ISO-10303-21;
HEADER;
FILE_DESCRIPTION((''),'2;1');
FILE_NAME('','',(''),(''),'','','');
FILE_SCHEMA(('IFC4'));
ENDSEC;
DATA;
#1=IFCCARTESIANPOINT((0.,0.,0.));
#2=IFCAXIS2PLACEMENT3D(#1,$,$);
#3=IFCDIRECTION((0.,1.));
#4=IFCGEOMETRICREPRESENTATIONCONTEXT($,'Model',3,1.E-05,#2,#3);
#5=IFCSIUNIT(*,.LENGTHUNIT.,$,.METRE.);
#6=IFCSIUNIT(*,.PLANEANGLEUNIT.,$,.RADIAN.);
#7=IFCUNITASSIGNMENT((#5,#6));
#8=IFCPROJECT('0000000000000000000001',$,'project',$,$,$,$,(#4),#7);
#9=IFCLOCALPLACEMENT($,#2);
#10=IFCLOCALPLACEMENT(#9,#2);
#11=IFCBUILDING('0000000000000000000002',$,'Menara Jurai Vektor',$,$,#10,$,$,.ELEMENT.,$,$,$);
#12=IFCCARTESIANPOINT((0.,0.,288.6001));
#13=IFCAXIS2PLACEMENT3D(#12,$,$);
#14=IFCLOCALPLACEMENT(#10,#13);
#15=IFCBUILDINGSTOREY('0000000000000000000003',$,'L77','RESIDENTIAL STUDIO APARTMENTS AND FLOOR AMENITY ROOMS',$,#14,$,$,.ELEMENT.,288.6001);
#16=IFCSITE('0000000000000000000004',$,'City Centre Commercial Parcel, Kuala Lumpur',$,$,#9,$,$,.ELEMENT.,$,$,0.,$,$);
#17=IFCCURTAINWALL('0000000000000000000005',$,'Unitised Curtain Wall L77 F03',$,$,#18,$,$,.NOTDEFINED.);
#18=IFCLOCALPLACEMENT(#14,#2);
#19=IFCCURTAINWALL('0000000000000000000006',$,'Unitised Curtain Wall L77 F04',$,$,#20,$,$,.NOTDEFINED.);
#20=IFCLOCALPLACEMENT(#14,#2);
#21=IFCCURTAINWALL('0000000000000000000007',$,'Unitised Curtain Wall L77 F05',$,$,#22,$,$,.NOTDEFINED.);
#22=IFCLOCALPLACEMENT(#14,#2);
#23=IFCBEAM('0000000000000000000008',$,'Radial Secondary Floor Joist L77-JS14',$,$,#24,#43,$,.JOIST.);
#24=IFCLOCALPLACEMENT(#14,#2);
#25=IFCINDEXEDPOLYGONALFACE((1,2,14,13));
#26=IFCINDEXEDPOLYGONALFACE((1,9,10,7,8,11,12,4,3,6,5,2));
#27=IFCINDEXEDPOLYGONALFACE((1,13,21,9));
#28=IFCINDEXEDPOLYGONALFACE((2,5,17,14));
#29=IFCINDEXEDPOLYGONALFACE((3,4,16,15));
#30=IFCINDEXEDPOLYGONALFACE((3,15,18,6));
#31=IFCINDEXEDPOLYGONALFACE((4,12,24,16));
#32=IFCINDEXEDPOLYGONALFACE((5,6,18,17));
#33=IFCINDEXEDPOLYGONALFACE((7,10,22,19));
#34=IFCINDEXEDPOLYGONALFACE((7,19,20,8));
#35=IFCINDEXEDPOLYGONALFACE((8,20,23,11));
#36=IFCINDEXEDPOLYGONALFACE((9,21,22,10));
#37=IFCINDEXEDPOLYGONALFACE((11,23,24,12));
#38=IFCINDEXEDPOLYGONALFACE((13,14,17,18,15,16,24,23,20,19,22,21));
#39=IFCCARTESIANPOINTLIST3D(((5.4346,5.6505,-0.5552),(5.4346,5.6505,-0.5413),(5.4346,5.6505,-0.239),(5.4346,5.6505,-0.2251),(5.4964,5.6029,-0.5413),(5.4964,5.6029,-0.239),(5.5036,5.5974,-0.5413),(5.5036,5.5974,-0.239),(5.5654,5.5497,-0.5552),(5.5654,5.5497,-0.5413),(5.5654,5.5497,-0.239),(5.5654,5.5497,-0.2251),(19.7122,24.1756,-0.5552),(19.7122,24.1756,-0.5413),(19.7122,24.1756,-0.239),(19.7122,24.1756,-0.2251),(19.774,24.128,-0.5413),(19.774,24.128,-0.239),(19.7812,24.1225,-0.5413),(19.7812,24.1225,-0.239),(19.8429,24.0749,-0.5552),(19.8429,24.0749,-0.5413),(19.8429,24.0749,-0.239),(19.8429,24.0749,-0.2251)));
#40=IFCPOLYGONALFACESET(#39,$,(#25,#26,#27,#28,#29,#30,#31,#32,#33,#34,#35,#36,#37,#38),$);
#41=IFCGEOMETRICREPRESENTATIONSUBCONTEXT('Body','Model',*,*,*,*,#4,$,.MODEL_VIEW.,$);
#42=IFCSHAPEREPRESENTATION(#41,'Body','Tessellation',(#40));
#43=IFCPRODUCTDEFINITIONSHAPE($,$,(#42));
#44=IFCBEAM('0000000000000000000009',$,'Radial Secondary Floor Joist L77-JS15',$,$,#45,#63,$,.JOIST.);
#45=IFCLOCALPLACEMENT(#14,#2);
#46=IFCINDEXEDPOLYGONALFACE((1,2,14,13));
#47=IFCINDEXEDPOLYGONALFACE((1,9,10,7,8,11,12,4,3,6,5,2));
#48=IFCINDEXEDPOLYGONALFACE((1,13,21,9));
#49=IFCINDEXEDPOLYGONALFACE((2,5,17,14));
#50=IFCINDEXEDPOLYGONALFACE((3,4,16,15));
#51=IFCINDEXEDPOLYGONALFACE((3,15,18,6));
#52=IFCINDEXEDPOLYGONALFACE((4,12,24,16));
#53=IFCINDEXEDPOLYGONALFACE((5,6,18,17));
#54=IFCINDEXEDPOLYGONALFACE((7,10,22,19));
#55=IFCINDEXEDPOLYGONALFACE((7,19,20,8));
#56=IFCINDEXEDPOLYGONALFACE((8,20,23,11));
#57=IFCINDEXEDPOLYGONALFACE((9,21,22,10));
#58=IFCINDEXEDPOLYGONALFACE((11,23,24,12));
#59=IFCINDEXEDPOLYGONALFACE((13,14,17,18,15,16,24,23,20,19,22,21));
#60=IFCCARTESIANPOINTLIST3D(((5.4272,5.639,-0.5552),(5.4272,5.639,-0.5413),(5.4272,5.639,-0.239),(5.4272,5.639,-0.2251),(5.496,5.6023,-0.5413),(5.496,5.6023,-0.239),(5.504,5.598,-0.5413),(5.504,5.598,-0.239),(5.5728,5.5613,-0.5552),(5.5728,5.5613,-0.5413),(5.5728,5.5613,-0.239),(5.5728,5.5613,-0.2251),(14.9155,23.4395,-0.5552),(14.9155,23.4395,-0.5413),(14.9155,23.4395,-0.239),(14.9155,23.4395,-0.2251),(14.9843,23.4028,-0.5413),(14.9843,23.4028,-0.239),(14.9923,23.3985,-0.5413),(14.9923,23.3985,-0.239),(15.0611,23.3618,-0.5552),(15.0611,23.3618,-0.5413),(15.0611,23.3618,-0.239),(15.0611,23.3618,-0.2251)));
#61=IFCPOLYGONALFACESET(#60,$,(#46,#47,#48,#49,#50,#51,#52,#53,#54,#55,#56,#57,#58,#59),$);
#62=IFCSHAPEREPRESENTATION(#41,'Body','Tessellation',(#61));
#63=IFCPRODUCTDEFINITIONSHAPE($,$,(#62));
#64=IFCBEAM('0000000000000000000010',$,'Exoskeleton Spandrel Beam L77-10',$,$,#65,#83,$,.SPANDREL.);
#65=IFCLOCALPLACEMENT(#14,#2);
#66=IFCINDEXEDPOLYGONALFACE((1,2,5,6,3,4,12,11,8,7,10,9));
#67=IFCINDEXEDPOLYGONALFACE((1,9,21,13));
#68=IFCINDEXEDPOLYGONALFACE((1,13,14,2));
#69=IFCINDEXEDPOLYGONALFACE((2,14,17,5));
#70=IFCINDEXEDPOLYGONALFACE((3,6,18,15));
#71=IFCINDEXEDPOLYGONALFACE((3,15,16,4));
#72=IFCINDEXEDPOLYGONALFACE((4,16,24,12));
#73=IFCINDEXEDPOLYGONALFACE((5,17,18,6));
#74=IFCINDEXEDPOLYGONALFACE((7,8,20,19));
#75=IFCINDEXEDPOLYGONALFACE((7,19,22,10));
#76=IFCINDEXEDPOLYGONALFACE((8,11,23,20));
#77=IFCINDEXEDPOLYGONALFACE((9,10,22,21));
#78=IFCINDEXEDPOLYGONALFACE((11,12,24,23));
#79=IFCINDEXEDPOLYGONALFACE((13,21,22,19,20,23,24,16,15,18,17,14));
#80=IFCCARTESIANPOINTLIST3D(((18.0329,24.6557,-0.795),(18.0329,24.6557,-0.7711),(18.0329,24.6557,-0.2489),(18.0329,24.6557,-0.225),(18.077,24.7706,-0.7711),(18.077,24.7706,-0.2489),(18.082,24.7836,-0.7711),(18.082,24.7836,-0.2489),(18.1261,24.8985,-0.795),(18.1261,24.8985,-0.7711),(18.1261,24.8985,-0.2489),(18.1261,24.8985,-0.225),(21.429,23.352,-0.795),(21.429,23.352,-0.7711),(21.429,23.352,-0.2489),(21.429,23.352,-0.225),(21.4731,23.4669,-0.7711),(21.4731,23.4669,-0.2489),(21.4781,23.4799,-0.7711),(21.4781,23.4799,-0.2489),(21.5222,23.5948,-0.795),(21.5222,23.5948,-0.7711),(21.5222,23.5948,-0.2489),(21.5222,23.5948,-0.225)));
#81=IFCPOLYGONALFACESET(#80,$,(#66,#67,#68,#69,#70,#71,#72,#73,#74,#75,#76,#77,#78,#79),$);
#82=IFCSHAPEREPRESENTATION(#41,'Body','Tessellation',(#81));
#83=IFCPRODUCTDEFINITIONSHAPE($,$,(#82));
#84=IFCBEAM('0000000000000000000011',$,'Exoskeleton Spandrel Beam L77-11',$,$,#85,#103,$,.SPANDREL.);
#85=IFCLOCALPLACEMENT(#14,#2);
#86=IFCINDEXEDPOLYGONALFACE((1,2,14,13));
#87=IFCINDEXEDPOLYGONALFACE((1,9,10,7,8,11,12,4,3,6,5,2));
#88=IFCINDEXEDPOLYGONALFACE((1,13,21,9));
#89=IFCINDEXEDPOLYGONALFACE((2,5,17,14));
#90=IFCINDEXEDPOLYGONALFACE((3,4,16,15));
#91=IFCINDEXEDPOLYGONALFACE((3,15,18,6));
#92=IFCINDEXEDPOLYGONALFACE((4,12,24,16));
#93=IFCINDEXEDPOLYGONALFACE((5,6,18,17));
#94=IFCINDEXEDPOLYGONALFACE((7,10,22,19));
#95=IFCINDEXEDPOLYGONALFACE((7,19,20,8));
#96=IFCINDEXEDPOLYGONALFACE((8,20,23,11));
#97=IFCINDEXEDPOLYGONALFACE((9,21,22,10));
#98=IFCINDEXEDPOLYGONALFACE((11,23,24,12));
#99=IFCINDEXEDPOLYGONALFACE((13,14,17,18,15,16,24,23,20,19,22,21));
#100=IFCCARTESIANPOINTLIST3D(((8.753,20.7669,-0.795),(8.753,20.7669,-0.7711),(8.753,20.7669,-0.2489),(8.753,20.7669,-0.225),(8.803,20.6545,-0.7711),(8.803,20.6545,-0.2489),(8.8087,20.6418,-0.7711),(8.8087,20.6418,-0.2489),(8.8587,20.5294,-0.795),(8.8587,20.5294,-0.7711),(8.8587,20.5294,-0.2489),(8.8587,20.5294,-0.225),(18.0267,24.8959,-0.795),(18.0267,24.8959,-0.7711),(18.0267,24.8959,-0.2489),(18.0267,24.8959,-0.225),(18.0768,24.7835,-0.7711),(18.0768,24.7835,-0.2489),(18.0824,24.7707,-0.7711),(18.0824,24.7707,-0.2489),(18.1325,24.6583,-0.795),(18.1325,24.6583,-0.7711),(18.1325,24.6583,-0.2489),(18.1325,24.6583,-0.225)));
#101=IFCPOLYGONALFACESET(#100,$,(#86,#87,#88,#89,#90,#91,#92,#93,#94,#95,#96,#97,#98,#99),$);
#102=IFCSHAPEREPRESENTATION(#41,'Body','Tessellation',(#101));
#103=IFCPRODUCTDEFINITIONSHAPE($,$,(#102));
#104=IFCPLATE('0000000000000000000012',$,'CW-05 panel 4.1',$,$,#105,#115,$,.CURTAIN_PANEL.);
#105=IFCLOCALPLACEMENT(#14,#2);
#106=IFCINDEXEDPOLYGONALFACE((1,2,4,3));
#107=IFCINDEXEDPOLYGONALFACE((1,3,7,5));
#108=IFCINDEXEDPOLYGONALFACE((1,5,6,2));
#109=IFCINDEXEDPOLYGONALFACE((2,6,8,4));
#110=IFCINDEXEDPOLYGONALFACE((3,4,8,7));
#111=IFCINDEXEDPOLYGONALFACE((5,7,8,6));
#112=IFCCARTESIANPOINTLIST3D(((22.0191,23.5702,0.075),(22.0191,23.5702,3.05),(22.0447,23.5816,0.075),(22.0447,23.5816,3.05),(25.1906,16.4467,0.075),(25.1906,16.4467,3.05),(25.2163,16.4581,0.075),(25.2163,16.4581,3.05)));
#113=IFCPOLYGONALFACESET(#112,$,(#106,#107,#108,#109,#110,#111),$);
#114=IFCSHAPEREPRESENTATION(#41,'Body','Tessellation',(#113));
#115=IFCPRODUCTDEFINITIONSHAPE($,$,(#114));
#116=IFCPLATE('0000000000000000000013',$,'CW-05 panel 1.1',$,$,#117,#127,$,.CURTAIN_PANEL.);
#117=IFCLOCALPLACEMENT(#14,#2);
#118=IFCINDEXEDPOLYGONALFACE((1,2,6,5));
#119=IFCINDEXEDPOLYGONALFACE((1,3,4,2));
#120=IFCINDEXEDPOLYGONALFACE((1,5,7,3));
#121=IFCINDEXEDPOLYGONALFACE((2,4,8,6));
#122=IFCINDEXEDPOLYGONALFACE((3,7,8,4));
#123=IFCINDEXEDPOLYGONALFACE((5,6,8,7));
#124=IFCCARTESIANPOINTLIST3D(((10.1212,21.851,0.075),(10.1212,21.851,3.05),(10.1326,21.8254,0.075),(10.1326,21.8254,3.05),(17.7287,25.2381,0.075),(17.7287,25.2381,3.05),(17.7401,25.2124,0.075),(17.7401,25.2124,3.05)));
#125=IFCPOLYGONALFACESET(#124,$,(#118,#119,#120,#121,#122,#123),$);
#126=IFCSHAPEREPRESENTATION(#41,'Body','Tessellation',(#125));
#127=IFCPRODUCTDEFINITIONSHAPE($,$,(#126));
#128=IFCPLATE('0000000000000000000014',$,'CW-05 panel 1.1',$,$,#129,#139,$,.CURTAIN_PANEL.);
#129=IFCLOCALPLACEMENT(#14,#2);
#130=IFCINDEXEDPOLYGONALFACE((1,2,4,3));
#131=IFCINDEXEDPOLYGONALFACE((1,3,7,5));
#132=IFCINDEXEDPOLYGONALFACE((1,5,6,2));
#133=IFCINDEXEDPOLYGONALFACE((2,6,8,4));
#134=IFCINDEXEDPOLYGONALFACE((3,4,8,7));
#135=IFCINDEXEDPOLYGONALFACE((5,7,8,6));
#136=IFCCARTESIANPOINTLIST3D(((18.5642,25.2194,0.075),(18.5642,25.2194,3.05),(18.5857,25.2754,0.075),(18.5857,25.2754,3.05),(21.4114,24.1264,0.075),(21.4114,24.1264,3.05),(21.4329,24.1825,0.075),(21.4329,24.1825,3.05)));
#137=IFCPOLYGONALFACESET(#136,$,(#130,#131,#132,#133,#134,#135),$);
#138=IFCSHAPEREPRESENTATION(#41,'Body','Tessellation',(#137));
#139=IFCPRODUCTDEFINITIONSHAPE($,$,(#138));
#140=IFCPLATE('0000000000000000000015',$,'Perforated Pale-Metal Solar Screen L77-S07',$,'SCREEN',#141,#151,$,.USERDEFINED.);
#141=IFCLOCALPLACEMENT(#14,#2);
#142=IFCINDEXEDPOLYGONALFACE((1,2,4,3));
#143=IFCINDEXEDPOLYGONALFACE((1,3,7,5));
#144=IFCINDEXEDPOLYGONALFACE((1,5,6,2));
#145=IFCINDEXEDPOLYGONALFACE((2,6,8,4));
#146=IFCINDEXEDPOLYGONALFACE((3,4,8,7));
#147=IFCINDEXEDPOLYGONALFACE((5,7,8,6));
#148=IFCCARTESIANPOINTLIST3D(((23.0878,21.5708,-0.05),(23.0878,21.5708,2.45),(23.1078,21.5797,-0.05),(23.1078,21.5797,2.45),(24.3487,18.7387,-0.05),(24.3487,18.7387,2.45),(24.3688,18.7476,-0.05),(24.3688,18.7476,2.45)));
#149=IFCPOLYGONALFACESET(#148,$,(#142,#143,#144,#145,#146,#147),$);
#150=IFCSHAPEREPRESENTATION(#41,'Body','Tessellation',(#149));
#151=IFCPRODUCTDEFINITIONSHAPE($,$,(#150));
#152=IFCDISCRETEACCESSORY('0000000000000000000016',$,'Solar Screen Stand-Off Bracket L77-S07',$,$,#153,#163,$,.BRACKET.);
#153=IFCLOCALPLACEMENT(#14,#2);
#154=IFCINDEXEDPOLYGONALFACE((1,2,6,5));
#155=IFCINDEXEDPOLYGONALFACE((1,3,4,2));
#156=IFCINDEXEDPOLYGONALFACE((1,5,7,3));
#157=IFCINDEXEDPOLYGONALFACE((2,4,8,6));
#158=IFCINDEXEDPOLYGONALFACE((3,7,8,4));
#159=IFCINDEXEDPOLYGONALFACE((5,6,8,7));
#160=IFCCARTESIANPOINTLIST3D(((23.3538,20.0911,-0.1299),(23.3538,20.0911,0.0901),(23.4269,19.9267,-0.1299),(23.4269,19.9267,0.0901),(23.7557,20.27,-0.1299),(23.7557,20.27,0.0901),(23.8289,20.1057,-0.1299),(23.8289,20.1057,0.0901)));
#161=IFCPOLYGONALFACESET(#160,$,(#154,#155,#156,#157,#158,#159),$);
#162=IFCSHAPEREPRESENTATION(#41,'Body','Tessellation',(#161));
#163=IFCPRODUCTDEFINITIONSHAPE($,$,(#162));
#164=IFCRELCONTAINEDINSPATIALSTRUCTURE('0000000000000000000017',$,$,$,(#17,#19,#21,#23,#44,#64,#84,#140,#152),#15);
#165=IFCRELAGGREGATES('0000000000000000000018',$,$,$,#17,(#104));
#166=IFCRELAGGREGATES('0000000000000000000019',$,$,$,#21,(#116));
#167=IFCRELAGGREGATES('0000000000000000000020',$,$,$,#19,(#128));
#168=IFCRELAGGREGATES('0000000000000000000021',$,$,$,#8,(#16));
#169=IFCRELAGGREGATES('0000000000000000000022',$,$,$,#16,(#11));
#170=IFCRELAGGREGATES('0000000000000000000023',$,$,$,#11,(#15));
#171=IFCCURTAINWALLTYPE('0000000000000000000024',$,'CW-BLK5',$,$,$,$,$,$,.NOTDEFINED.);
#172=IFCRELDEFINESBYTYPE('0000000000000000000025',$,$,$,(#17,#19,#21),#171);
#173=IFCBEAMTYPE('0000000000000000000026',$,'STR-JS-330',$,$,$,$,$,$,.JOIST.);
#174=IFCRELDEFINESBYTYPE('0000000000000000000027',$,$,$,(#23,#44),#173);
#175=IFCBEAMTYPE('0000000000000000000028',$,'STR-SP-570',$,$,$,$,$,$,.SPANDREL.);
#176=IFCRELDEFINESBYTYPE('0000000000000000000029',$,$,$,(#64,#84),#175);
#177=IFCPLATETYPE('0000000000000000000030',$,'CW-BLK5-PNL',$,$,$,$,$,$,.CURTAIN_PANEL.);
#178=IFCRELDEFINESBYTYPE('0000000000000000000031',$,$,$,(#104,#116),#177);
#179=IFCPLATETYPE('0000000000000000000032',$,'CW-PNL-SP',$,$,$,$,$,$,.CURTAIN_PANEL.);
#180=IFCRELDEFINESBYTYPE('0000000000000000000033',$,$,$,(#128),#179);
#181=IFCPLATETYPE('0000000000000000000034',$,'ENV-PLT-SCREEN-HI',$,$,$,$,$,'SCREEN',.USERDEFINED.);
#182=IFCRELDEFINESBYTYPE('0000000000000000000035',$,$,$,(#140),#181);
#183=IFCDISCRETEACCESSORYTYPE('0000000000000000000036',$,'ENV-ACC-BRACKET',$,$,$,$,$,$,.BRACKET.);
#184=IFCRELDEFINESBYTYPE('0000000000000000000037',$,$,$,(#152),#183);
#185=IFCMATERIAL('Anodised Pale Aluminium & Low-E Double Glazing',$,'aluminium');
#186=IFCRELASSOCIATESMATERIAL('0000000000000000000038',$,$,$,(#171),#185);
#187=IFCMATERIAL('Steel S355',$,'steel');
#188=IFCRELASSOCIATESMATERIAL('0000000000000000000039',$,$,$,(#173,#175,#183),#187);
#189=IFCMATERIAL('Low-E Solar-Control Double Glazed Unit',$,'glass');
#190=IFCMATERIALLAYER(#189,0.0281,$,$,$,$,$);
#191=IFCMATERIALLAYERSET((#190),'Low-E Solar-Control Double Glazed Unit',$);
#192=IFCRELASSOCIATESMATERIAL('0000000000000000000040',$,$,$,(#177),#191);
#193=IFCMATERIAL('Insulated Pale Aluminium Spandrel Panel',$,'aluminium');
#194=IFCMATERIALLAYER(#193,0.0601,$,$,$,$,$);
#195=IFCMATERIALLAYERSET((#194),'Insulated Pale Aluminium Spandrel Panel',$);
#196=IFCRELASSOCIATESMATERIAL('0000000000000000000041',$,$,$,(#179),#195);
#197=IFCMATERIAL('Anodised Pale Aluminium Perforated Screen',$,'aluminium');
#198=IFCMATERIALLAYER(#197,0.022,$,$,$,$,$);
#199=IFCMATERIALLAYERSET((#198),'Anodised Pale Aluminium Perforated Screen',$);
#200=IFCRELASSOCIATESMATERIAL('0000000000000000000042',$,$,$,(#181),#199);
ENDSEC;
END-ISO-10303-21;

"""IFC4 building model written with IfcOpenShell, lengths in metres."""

from ifc_helpers import new_model, si_unit, direction, frame, origin, origin_2d, place, context, subcontext, project, spatial, rectangle, i_section, extrude, material, layer, layer_set, material_profile, profile_set, type_object, element, aggregate, save


model = new_model("IFC4")

# Units and contexts
model_context = context("Model", 3, precision=1e-05, world=origin(), true_north=direction((0.0, 1.0)))
body_context = subcontext(model_context, "Body", "Model", "MODEL_VIEW")
ifc_project = project(units=[si_unit("LENGTHUNIT", "METRE"), si_unit("PLANEANGLEUNIT", "RADIAN")], contexts=[model_context])

# Site, building, storey
site_placement = place(None, origin())
site = spatial("IfcSite", under=ifc_project, at=site_placement, Name="City Centre Commercial Parcel, Kuala Lumpur", CompositionType="ELEMENT", RefElevation=0.0)
building_placement = place(site_placement, origin())
building = spatial("IfcBuilding", under=site, at=building_placement, Name="Menara Jurai Vektor", CompositionType="ELEMENT")
storey_placement = place(building_placement, frame((0.0, 0.0, 288.6001)))
storey = spatial("IfcBuildingStorey", under=building, at=storey_placement, Name="L77", Description="RESIDENTIAL STUDIO APARTMENTS AND FLOOR AMENITY ROOMS", CompositionType="ELEMENT", Elevation=288.6001)

# Curtain walls
ifc_material_1 = material(Name="Anodised Pale Aluminium & Low-E Double Glazing", Category="aluminium")
curtain_wall_type = type_object("IfcCurtainWallType", Name="CW-BLK5", PredefinedType="NOTDEFINED", material=ifc_material_1)
curtain_wall_1_placement = place(storey_placement, origin())
curtain_wall_1 = element("IfcCurtainWall", 1, at=curtain_wall_1_placement, inside=storey, type_object=curtain_wall_type, Name="Unitised Curtain Wall L77 F03", PredefinedType="NOTDEFINED")
curtain_wall_2_placement = place(storey_placement, origin())
curtain_wall_2 = element("IfcCurtainWall", 2, at=curtain_wall_2_placement, inside=storey, type_object=curtain_wall_type, Name="Unitised Curtain Wall L77 F04", PredefinedType="NOTDEFINED")

# Curtain wall
curtain_wall_3_placement = place(storey_placement, origin())
curtain_wall_3 = element("IfcCurtainWall", 3, at=curtain_wall_3_placement, inside=storey, type_object=curtain_wall_type, Name="Unitised Curtain Wall L77 F05", PredefinedType="NOTDEFINED")

# Shared definitions
ifc_material_2 = material(Name="Steel S355", Category="steel")

# Beams
ifc_material_profile_1 = material_profile(ifc_material_2, i_section(OverallWidth=0.165, OverallDepth=0.3301, WebThickness=0.009, FlangeThickness=0.0139, at=origin_2d()), Name="PG 330x165x46")
ifc_profile_set_1 = profile_set([ifc_material_profile_1], Name="Steel S355")
beam_type_1 = type_object("IfcBeamType", Name="STR-JS-330", PredefinedType="JOIST", material=ifc_profile_set_1)
beam_1_placement = place(storey_placement, frame((19.7776, 24.1252, -0.3901), z_axis=(-0.610449, -0.792056, 0.0), x_axis=(0.792056, -0.610449, 0.0)))
element("IfcBeam", 4, at=beam_1_placement, inside=storey, type_object=beam_type_1, Name="Radial Secondary Floor Joist L77-JS14", PredefinedType="JOIST", context=body_context, shape_type="SweptSolid", body=[
    extrude(i_section(OverallWidth=0.165, OverallDepth=0.3301, WebThickness=0.009, FlangeThickness=0.0139, at=origin_2d()), origin(), (0.0, 0.0, 1.0), 23.3887),
])
beam_2_placement = place(storey_placement, frame((14.9883, 23.4006, -0.3901), z_axis=(-0.470382, -0.882463, 0.0), x_axis=(0.882463, -0.470382, 0.0)))
element("IfcBeam", 5, at=beam_2_placement, inside=storey, type_object=beam_type_1, Name="Radial Secondary Floor Joist L77-JS15", PredefinedType="JOIST", context=body_context, shape_type="SweptSolid", body=[
    extrude(i_section(OverallWidth=0.165, OverallDepth=0.3301, WebThickness=0.009, FlangeThickness=0.0139, at=origin_2d()), origin(), (0.0, 0.0, 1.0), 20.1714),
])
ifc_material_profile_2 = material_profile(ifc_material_2, i_section(OverallWidth=0.26, OverallDepth=0.5701, WebThickness=0.0139, FlangeThickness=0.0239, at=origin_2d()), Name="PG 570x260x145")
ifc_profile_set_2 = profile_set([ifc_material_profile_2], Name="Steel S355")
beam_type_2 = type_object("IfcBeamType", Name="STR-SP-570", PredefinedType="SPANDREL", material=ifc_profile_set_2)
beam_3_placement = place(storey_placement, frame((21.4756, 23.4734, -0.51), z_axis=(-0.93357, 0.358394, 0.0), x_axis=(-0.358394, -0.93357, 0.0)))
element("IfcBeam", 6, at=beam_3_placement, inside=storey, type_object=beam_type_2, Name="Exoskeleton Spandrel Beam L77-10", PredefinedType="SPANDREL", context=body_context, shape_type="SweptSolid", body=[
    extrude(i_section(OverallWidth=0.26, OverallDepth=0.5701, WebThickness=0.0139, FlangeThickness=0.0239, at=origin_2d()), origin(), (0.0, 0.0, 1.0), 3.6377),
])
beam_4_placement = place(storey_placement, frame((18.0796, 24.7771, -0.51), z_axis=(-0.913546, -0.406736, 0.0), x_axis=(0.406736, -0.913546, 0.0)))
element("IfcBeam", 7, at=beam_4_placement, inside=storey, type_object=beam_type_2, Name="Exoskeleton Spandrel Beam L77-11", PredefinedType="SPANDREL", context=body_context, shape_type="SweptSolid", body=[
    extrude(i_section(OverallWidth=0.26, OverallDepth=0.5701, WebThickness=0.0139, FlangeThickness=0.0239, at=origin_2d()), origin(), (0.0, 0.0, 1.0), 10.1514),
])

# Plates
ifc_material_3 = material(Name="Low-E Solar-Control Double Glazed Unit", Category="glass")
ifc_layer_1 = layer(ifc_material_3, 0.0281)
ifc_layer_set_1 = layer_set([ifc_layer_1], Name="Low-E Solar-Control Double Glazed Unit")
plate_type_1 = type_object("IfcPlateType", Name="CW-BLK5-PNL", PredefinedType="CURTAIN_PANEL", material=ifc_layer_set_1)
plate_1_placement = place(storey_placement, frame((23.6177, 20.0142, 0.075), z_axis=(0.0, 0.0, 1.0), x_axis=(-0.406735, 0.913546, 0.0)))
plate_1 = element("IfcPlate", 8, at=plate_1_placement, type_object=plate_type_1, Name="CW-05 panel 4.1", PredefinedType="CURTAIN_PANEL", context=body_context, shape_type="SweptSolid", body=[
    extrude(rectangle(XDim=7.7976, YDim=0.0281, at=origin_2d()), origin(), (0.0, 0.0, 1.0), 2.9751),
])
aggregate(curtain_wall_1, [plate_1])
plate_2_placement = place(storey_placement, frame((13.9307, 23.5317, 0.075), z_axis=(0.0, 0.0, 1.0), x_axis=(-0.913546, -0.406735, 0.0)))
plate_2 = element("IfcPlate", 9, at=plate_2_placement, type_object=plate_type_1, Name="CW-05 panel 1.1", PredefinedType="CURTAIN_PANEL", context=body_context, shape_type="SweptSolid", body=[
    extrude(rectangle(XDim=8.3274, YDim=0.0281, at=origin_2d()), origin(), (0.0, 0.0, 1.0), 2.9751),
])
aggregate(curtain_wall_3, [plate_2])
ifc_material_4 = material(Name="Insulated Pale Aluminium Spandrel Panel", Category="aluminium")
ifc_layer_2 = layer(ifc_material_4, 0.0601)
ifc_layer_set_2 = layer_set([ifc_layer_2], Name="Insulated Pale Aluminium Spandrel Panel")
plate_type_2 = type_object("IfcPlateType", Name="CW-PNL-SP", PredefinedType="CURTAIN_PANEL", material=ifc_layer_set_2)
plate_3_placement = place(storey_placement, frame((19.9985, 24.7009, 0.075), z_axis=(0.0, 0.0, 1.0), x_axis=(-0.933578, 0.358374, 0.0)))
plate_3 = element("IfcPlate", 10, at=plate_3_placement, type_object=plate_type_2, Name="CW-05 panel 1.1", PredefinedType="CURTAIN_PANEL", context=body_context, shape_type="SweptSolid", body=[
    extrude(rectangle(XDim=3.0498, YDim=0.0601, at=origin_2d()), origin(), (0.0, 0.0, 1.0), 2.9751),
])
aggregate(curtain_wall_2, [plate_3])
ifc_material_5 = material(Name="Anodised Pale Aluminium Perforated Screen", Category="aluminium")
ifc_layer_3 = layer(ifc_material_5, 0.022)
ifc_layer_set_3 = layer_set([ifc_layer_3], Name="Anodised Pale Aluminium Perforated Screen")
plate_type_3 = type_object("IfcPlateType", Name="ENV-PLT-SCREEN-HI", ElementType="SCREEN", PredefinedType="USERDEFINED", material=ifc_layer_set_3)
plate_4_placement = place(storey_placement, frame((23.7283, 20.1592, -0.05), z_axis=(0.0, 0.0, 1.0), x_axis=(-0.406737, 0.913545, 0.0)))
element("IfcPlate", 11, at=plate_4_placement, inside=storey, type_object=plate_type_3, Name="Perforated Pale-Metal Solar Screen L77-S07", ObjectType="SCREEN", PredefinedType="USERDEFINED", context=body_context, shape_type="SweptSolid", body=[
    extrude(rectangle(XDim=3.1001, YDim=0.022, at=origin_2d()), origin(), (0.0, 0.0, 1.0), 2.5),
])

# Discrete accessory
discrete_accessory_type = type_object("IfcDiscreteAccessoryType", Name="ENV-ACC-BRACKET", PredefinedType="BRACKET", material=ifc_material_2)
discrete_accessory_placement = place(storey_placement, frame((23.5913, 20.0984, -0.1299), z_axis=(0.0, 0.0, 1.0), x_axis=(-0.406737, 0.913545, 0.0)))
element("IfcDiscreteAccessory", 12, at=discrete_accessory_placement, inside=storey, type_object=discrete_accessory_type, Name="Solar Screen Stand-Off Bracket L77-S07", PredefinedType="BRACKET", context=body_context, shape_type="SweptSolid", body=[
    extrude(rectangle(XDim=0.1799, YDim=0.4399, at=origin_2d()), origin(), (0.0, 0.0, 1.0), 0.22),
])

save(model, "model.ifc")
